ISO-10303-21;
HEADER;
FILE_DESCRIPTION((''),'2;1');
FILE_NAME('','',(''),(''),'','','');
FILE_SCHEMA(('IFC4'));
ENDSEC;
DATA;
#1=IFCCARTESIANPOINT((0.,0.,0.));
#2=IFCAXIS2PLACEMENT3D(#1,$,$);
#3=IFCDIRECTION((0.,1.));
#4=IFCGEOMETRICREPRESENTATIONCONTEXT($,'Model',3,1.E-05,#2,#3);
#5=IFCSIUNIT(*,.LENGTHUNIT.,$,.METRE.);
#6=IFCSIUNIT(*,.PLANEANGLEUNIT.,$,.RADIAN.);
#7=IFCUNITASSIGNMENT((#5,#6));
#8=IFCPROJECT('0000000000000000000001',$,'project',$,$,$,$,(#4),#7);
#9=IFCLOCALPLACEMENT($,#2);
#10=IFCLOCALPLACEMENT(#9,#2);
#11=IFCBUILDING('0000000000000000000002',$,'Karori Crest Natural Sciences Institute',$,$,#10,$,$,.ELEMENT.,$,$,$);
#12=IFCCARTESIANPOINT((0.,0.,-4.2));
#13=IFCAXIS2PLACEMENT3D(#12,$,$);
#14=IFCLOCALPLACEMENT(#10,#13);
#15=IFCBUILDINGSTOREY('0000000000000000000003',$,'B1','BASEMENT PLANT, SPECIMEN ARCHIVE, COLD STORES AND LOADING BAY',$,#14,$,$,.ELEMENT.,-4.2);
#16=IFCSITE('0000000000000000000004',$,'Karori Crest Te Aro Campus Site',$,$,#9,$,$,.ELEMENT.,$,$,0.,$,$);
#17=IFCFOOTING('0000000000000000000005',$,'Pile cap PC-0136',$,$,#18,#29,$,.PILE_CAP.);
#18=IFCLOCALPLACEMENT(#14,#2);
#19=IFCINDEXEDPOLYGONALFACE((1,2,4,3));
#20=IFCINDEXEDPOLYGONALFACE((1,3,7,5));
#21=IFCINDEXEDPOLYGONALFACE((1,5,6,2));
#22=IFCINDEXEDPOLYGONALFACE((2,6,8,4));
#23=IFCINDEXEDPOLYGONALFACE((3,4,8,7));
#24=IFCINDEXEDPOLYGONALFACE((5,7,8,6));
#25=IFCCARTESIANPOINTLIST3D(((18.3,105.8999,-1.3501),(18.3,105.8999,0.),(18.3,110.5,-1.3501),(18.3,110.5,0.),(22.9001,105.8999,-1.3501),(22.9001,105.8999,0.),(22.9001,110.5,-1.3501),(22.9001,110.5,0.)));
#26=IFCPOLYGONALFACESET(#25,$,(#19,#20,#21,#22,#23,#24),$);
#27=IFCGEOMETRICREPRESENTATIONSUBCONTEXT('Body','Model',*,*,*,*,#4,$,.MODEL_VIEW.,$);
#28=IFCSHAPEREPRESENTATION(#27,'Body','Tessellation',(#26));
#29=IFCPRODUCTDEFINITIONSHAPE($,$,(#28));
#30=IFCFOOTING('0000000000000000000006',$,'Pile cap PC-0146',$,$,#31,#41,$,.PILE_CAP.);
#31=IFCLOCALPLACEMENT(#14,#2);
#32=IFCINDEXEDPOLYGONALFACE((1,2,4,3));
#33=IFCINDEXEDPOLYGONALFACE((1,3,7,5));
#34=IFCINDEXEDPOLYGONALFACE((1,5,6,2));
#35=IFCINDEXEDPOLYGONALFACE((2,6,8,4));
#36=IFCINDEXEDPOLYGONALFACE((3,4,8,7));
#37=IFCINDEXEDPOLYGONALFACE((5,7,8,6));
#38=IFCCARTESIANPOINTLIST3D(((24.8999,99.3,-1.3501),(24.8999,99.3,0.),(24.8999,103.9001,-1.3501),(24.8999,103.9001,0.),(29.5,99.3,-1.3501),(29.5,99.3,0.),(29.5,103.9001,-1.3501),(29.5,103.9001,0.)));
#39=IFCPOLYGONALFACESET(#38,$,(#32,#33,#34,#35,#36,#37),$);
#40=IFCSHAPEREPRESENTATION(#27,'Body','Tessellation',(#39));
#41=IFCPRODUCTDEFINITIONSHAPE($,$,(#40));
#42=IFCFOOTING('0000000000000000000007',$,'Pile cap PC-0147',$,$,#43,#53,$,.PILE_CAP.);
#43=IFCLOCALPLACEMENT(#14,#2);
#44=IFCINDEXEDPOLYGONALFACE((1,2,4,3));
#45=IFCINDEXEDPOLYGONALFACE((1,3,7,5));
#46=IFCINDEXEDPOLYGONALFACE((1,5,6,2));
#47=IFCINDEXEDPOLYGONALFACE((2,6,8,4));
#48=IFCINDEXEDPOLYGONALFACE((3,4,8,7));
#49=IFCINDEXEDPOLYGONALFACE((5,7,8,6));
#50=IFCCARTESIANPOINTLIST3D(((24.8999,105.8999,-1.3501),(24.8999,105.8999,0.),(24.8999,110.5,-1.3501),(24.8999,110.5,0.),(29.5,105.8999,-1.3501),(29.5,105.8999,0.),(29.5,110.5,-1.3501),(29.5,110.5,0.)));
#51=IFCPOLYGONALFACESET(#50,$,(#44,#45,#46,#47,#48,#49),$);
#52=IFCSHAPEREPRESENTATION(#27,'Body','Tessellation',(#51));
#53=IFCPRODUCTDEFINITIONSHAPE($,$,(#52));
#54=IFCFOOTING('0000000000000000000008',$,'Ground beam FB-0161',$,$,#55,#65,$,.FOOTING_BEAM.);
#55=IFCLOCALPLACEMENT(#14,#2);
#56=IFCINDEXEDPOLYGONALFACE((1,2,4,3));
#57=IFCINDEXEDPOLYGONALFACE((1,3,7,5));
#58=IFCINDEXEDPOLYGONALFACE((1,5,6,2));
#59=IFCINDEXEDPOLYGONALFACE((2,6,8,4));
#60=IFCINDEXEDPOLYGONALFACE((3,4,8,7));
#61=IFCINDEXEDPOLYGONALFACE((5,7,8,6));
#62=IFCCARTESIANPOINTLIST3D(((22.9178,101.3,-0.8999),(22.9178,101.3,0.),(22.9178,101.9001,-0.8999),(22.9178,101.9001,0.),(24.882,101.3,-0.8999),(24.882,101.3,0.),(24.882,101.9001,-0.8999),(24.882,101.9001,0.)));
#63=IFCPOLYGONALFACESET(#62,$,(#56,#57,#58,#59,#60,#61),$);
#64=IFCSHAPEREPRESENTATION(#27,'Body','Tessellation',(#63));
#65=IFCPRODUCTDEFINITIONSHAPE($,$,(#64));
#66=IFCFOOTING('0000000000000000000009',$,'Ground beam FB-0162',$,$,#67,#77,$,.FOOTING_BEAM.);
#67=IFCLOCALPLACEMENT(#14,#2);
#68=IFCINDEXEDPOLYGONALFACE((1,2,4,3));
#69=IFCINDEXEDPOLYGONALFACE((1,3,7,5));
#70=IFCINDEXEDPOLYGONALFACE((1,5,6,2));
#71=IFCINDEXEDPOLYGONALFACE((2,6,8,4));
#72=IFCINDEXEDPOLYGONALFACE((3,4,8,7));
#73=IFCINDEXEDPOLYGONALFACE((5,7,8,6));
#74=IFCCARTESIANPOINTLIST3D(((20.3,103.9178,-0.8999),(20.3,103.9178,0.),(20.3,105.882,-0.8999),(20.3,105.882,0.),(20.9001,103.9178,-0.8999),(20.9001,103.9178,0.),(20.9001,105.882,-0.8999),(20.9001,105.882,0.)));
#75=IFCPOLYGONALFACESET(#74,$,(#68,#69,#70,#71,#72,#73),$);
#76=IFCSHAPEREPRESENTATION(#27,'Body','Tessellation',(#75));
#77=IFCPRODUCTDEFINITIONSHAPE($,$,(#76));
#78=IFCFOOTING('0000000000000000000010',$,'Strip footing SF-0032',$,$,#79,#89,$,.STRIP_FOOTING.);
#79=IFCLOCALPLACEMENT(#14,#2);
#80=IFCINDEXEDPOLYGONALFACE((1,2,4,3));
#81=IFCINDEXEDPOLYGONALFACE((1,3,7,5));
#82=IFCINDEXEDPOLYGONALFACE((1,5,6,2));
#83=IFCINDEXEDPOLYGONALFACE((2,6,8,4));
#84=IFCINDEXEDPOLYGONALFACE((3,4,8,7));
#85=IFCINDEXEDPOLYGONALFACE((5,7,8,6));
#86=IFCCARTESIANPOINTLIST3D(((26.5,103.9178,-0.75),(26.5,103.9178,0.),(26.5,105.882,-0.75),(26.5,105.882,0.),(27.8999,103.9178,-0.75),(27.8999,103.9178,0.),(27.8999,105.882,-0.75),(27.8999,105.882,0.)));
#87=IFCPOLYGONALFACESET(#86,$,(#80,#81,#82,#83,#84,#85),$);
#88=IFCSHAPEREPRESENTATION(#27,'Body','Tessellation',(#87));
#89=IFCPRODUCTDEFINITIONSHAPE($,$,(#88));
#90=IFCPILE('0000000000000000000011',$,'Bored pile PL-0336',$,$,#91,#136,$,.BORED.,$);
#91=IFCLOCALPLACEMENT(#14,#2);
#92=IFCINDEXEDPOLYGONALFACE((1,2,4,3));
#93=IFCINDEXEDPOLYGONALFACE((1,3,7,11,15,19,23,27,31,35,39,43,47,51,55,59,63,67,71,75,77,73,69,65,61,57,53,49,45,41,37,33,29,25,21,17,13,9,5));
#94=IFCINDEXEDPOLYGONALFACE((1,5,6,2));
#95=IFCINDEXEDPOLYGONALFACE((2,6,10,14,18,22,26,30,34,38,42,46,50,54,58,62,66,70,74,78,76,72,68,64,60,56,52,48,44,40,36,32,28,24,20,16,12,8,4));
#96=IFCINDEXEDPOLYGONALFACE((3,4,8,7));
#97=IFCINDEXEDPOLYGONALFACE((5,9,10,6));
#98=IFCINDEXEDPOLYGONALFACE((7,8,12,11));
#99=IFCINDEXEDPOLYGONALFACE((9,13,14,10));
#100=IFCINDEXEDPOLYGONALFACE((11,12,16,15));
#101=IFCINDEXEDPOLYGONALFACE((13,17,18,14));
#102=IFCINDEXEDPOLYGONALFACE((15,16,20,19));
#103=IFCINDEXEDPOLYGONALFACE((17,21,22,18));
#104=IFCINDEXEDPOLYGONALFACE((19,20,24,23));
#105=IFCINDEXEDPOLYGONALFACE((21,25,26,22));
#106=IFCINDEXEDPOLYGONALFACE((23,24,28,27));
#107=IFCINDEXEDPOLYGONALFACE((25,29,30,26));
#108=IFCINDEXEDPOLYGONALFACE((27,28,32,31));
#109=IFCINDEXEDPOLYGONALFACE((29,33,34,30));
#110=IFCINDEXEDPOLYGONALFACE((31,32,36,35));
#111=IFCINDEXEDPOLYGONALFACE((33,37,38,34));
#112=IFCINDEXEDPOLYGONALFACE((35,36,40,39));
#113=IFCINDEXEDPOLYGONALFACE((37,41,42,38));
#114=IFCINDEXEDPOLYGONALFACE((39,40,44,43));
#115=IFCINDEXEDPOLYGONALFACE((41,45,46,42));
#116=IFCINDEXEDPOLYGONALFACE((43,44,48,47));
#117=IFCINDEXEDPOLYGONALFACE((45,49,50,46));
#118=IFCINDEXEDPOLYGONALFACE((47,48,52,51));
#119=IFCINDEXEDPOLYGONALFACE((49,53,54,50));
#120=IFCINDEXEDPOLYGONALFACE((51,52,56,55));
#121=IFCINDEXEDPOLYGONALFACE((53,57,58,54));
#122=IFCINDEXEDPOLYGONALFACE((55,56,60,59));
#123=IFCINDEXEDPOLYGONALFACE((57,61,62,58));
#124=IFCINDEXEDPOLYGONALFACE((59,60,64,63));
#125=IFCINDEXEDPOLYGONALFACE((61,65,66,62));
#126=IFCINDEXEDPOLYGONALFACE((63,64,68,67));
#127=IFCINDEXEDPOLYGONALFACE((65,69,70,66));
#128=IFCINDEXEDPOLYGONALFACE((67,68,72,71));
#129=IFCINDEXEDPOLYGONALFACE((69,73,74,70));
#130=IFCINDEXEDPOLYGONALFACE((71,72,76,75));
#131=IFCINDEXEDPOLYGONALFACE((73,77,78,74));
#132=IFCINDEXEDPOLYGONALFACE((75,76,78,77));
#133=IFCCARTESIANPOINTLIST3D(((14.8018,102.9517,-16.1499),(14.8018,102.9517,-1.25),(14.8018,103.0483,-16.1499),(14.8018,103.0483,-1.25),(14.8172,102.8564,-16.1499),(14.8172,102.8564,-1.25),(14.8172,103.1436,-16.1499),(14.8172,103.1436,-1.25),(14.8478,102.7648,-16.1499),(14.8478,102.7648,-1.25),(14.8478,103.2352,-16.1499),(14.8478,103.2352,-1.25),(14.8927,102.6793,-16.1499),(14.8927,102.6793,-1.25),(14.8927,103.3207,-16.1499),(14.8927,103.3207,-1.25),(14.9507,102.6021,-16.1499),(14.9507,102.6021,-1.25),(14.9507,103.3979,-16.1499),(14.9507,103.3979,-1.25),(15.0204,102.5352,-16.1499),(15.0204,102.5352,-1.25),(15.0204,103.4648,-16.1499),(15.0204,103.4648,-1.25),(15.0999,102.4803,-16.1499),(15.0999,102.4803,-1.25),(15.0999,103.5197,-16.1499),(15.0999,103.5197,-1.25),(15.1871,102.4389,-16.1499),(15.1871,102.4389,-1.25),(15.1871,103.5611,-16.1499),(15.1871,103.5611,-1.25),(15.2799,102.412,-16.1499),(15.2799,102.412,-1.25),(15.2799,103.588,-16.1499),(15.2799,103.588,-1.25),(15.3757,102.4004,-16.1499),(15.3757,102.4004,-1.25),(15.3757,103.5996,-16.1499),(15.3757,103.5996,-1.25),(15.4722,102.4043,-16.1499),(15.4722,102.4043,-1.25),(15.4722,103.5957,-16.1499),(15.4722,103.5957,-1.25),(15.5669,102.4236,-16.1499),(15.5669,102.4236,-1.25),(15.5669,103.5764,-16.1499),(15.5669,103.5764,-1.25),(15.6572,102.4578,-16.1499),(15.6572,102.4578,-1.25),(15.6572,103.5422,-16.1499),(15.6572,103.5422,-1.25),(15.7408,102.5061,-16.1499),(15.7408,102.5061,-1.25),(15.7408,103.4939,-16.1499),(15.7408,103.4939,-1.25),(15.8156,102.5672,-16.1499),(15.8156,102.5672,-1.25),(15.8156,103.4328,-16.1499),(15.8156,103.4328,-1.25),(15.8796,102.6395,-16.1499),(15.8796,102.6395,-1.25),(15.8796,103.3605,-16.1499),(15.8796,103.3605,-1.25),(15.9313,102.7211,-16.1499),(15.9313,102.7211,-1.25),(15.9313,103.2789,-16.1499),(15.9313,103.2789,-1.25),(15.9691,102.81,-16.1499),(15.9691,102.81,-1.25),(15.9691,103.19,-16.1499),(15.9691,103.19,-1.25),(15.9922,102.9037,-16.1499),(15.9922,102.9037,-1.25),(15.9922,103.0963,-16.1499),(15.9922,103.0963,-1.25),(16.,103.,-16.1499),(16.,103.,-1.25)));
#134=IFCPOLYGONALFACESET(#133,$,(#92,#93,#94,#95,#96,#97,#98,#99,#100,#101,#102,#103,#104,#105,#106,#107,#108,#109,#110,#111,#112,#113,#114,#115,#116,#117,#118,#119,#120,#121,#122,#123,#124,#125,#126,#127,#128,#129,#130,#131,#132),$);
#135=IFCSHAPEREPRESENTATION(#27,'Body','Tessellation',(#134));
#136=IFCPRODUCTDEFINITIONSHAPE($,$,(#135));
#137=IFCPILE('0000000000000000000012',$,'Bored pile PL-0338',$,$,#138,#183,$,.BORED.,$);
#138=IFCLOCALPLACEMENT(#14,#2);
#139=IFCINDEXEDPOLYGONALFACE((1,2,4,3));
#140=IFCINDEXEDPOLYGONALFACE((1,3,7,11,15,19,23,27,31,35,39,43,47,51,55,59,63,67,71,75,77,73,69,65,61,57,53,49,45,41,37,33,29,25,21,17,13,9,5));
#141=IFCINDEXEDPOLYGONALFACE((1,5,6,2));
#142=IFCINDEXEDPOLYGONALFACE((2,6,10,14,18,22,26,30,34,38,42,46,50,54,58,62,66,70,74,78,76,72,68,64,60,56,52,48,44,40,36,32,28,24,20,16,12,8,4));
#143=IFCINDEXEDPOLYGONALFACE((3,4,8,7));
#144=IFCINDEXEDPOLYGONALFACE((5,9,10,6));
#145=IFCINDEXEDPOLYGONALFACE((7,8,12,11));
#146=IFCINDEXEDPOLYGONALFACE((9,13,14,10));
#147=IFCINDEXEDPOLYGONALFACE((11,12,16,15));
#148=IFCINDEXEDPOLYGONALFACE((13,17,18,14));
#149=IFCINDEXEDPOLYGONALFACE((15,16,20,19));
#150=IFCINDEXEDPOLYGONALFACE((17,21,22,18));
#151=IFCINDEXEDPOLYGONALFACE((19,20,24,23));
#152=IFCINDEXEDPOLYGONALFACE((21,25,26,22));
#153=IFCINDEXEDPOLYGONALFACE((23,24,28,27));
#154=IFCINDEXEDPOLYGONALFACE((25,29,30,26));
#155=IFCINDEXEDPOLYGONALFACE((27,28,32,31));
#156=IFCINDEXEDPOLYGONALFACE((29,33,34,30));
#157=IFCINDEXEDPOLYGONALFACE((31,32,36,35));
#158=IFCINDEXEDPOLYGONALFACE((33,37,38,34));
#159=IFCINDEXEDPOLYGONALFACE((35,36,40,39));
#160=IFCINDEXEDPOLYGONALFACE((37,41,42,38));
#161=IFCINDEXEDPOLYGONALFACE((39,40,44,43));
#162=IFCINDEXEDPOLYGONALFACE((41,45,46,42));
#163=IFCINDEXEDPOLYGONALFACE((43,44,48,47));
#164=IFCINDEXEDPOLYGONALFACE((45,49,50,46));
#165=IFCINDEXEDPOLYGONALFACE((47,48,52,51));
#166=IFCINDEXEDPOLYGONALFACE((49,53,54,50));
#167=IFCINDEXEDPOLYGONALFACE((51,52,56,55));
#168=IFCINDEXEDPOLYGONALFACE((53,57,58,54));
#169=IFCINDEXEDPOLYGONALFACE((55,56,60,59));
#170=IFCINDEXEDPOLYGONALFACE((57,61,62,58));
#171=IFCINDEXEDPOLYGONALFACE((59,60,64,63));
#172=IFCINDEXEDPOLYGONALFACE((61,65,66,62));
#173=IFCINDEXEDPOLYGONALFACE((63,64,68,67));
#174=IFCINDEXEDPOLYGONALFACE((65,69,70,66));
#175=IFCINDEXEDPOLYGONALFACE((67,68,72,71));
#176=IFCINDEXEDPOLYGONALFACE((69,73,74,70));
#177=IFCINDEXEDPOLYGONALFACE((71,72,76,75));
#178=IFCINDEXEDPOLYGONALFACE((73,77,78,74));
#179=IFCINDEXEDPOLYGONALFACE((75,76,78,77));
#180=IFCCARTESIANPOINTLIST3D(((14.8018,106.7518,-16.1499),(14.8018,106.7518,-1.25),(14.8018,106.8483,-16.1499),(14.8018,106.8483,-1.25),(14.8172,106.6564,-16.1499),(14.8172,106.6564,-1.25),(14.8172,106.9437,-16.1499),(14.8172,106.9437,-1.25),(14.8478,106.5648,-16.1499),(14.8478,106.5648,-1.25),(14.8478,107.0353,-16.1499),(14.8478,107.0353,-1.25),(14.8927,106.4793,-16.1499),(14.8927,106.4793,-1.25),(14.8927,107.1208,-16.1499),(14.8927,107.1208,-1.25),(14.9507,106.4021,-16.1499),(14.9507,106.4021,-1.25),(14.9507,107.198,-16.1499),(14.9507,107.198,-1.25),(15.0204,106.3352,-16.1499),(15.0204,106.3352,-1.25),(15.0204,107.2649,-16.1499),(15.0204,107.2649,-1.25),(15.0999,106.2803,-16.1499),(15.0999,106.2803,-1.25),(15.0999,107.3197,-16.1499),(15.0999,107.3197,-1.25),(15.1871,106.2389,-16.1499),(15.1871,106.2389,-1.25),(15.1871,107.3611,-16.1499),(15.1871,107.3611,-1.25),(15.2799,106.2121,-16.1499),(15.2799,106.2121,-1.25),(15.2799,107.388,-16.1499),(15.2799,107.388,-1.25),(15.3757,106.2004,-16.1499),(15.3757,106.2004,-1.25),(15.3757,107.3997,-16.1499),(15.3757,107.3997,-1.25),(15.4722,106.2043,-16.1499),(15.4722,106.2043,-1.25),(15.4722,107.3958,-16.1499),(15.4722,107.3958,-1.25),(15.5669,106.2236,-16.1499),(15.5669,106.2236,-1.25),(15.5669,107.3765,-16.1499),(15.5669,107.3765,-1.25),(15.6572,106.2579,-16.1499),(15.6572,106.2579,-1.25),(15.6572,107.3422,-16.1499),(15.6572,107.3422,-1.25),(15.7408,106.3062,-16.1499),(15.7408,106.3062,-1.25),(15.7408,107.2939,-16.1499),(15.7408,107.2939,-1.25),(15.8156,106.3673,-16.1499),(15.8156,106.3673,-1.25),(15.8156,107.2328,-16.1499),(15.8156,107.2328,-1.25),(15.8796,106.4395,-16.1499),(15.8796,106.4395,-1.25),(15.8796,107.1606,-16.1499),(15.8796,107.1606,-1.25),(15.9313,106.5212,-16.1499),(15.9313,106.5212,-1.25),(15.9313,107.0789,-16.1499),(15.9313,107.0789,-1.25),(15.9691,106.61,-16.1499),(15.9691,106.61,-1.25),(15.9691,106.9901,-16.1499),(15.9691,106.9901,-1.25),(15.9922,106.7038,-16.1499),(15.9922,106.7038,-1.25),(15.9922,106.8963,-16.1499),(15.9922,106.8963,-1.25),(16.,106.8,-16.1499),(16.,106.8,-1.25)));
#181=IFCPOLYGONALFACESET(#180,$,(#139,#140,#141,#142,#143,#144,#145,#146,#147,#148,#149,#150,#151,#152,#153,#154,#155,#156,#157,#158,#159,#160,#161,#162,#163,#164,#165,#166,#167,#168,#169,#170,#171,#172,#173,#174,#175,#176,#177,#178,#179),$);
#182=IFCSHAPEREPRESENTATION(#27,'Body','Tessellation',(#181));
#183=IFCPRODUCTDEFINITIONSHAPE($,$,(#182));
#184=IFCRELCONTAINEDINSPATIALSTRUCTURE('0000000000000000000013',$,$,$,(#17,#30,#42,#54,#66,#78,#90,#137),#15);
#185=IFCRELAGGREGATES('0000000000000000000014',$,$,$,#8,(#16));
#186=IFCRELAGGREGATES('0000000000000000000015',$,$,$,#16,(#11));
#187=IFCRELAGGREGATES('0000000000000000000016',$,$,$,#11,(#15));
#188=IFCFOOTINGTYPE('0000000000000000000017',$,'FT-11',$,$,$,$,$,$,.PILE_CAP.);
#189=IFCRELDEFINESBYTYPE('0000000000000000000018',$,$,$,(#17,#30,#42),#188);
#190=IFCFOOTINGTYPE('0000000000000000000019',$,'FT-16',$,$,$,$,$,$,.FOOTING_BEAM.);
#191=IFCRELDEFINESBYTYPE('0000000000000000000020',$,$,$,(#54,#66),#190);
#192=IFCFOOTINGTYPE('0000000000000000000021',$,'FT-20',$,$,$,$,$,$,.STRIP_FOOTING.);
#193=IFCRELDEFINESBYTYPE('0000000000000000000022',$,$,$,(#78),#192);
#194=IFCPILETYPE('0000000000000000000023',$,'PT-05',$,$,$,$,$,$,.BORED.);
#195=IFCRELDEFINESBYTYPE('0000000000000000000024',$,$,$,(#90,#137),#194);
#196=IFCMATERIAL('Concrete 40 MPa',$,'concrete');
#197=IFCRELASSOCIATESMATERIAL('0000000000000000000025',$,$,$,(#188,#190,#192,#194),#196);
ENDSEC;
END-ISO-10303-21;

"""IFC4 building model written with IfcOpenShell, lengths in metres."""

from ifc_helpers import new_model, si_unit, direction, frame, origin, origin_2d, place, context, subcontext, project, spatial, rectangle, circle, extrude, material, material_profile, profile_set, type_object, element, save


model = new_model("IFC4")

# Units and contexts
model_context = context("Model", 3, precision=1e-05, world=origin(), true_north=direction((0.0, 1.0)))
body_context = subcontext(model_context, "Body", "Model", "MODEL_VIEW")
ifc_project = project(units=[si_unit("LENGTHUNIT", "METRE"), si_unit("PLANEANGLEUNIT", "RADIAN")], contexts=[model_context])

# Site, building, storey
site_placement = place(None, origin())
site = spatial("IfcSite", under=ifc_project, at=site_placement, Name="Karori Crest Te Aro Campus Site", CompositionType="ELEMENT", RefElevation=0.0)
building_placement = place(site_placement, origin())
building = spatial("IfcBuilding", under=site, at=building_placement, Name="Karori Crest Natural Sciences Institute", CompositionType="ELEMENT")
storey_placement = place(building_placement, frame((0.0, 0.0, -4.2)))
storey = spatial("IfcBuildingStorey", under=building, at=storey_placement, Name="B1", Description="BASEMENT PLANT, SPECIMEN ARCHIVE, COLD STORES AND LOADING BAY", CompositionType="ELEMENT", Elevation=-4.2)

# Footings
ifc_material_1 = material(Name="Concrete 40 MPa", Category="concrete")
footing_type_1 = type_object("IfcFootingType", Name="FT-11", PredefinedType="PILE_CAP", material=ifc_material_1)
for number, where, z_axis, x_axis, name in (
    (1, (20.6001, 108.2, -1.3501), (0.0, 0.0, 1.0), (1.0, 0.0, 0.0), "Pile cap PC-0136"),
    (2, (27.2, 101.6001, -1.3501), (0.0, 0.0, 1.0), (1.0, 0.0, 0.0), "Pile cap PC-0146"),
    (3, (27.2, 108.2, -1.3501), (0.0, 0.0, 1.0), (1.0, 0.0, 0.0), "Pile cap PC-0147"),
):
    element("IfcFooting", number, at=place(storey_placement, frame(where, z_axis=z_axis, x_axis=x_axis)), inside=storey, type_object=footing_type_1, Name=name, PredefinedType="PILE_CAP", context=body_context, shape_type="SweptSolid", body=[
        extrude(rectangle(XDim=4.6001, YDim=4.6001, at=origin_2d()), origin(), (0.0, 0.0, 1.0), 1.3501),
    ])
footing_type_2 = type_object("IfcFootingType", Name="FT-16", PredefinedType="FOOTING_BEAM", material=ifc_material_1)
for number, where, z_axis, x_axis, name in (
    (4, (23.8999, 101.6001, -0.8999), (0.0, 0.0, 1.0), (1.0, 0.0, 0.0), "Ground beam FB-0161"),
    (5, (20.6001, 104.8999, -0.8999), (0.0, 0.0, 1.0), (0.0, 1.0, 0.0), "Ground beam FB-0162"),
):
    element("IfcFooting", number, at=place(storey_placement, frame(where, z_axis=z_axis, x_axis=x_axis)), inside=storey, type_object=footing_type_2, Name=name, PredefinedType="FOOTING_BEAM", context=body_context, shape_type="SweptSolid", body=[
        extrude(rectangle(XDim=1.9641, YDim=0.6001, at=origin_2d()), origin(), (0.0, 0.0, 1.0), 0.8999),
    ])
footing_type_3 = type_object("IfcFootingType", Name="FT-20", PredefinedType="STRIP_FOOTING", material=ifc_material_1)
footing_placement = place(storey_placement, frame((27.2, 104.8999, -0.75), z_axis=(0.0, 0.0, 1.0), x_axis=(0.0, 1.0, 0.0)))
element("IfcFooting", 6, at=footing_placement, inside=storey, type_object=footing_type_3, Name="Strip footing SF-0032", PredefinedType="STRIP_FOOTING", context=body_context, shape_type="SweptSolid", body=[
    extrude(rectangle(XDim=1.9641, YDim=1.3999, at=origin_2d()), origin(), (0.0, 0.0, 1.0), 0.75),
])

# Piles
ifc_material_profile_1 = material_profile(ifc_material_1, circle(Radius=0.6001, at=origin_2d()), Name="PILE1200")
ifc_profile_set_1 = profile_set([ifc_material_profile_1], Name="Concrete 40 MPa")
pile_type = type_object("IfcPileType", Name="PT-05", PredefinedType="BORED", material=ifc_profile_set_1)
for number, where, z_axis, x_axis, name in (
    (7, (15.3999, 103.0, -1.25), (0.0, 0.0, -1.0), (1.0, 0.0, 0.0), "Bored pile PL-0336"),
    (8, (15.3999, 106.8, -1.25), (0.0, 0.0, -1.0), (1.0, 0.0, 0.0), "Bored pile PL-0338"),
):
    element("IfcPile", number, at=place(storey_placement, frame(where, z_axis=z_axis, x_axis=x_axis)), inside=storey, type_object=pile_type, Name=name, PredefinedType="BORED", context=body_context, shape_type="SweptSolid", body=[
        extrude(circle(Radius=0.6001, at=origin_2d()), origin(), (0.0, 0.0, 1.0), 14.8999),
    ])

save(model, "model.ifc")
